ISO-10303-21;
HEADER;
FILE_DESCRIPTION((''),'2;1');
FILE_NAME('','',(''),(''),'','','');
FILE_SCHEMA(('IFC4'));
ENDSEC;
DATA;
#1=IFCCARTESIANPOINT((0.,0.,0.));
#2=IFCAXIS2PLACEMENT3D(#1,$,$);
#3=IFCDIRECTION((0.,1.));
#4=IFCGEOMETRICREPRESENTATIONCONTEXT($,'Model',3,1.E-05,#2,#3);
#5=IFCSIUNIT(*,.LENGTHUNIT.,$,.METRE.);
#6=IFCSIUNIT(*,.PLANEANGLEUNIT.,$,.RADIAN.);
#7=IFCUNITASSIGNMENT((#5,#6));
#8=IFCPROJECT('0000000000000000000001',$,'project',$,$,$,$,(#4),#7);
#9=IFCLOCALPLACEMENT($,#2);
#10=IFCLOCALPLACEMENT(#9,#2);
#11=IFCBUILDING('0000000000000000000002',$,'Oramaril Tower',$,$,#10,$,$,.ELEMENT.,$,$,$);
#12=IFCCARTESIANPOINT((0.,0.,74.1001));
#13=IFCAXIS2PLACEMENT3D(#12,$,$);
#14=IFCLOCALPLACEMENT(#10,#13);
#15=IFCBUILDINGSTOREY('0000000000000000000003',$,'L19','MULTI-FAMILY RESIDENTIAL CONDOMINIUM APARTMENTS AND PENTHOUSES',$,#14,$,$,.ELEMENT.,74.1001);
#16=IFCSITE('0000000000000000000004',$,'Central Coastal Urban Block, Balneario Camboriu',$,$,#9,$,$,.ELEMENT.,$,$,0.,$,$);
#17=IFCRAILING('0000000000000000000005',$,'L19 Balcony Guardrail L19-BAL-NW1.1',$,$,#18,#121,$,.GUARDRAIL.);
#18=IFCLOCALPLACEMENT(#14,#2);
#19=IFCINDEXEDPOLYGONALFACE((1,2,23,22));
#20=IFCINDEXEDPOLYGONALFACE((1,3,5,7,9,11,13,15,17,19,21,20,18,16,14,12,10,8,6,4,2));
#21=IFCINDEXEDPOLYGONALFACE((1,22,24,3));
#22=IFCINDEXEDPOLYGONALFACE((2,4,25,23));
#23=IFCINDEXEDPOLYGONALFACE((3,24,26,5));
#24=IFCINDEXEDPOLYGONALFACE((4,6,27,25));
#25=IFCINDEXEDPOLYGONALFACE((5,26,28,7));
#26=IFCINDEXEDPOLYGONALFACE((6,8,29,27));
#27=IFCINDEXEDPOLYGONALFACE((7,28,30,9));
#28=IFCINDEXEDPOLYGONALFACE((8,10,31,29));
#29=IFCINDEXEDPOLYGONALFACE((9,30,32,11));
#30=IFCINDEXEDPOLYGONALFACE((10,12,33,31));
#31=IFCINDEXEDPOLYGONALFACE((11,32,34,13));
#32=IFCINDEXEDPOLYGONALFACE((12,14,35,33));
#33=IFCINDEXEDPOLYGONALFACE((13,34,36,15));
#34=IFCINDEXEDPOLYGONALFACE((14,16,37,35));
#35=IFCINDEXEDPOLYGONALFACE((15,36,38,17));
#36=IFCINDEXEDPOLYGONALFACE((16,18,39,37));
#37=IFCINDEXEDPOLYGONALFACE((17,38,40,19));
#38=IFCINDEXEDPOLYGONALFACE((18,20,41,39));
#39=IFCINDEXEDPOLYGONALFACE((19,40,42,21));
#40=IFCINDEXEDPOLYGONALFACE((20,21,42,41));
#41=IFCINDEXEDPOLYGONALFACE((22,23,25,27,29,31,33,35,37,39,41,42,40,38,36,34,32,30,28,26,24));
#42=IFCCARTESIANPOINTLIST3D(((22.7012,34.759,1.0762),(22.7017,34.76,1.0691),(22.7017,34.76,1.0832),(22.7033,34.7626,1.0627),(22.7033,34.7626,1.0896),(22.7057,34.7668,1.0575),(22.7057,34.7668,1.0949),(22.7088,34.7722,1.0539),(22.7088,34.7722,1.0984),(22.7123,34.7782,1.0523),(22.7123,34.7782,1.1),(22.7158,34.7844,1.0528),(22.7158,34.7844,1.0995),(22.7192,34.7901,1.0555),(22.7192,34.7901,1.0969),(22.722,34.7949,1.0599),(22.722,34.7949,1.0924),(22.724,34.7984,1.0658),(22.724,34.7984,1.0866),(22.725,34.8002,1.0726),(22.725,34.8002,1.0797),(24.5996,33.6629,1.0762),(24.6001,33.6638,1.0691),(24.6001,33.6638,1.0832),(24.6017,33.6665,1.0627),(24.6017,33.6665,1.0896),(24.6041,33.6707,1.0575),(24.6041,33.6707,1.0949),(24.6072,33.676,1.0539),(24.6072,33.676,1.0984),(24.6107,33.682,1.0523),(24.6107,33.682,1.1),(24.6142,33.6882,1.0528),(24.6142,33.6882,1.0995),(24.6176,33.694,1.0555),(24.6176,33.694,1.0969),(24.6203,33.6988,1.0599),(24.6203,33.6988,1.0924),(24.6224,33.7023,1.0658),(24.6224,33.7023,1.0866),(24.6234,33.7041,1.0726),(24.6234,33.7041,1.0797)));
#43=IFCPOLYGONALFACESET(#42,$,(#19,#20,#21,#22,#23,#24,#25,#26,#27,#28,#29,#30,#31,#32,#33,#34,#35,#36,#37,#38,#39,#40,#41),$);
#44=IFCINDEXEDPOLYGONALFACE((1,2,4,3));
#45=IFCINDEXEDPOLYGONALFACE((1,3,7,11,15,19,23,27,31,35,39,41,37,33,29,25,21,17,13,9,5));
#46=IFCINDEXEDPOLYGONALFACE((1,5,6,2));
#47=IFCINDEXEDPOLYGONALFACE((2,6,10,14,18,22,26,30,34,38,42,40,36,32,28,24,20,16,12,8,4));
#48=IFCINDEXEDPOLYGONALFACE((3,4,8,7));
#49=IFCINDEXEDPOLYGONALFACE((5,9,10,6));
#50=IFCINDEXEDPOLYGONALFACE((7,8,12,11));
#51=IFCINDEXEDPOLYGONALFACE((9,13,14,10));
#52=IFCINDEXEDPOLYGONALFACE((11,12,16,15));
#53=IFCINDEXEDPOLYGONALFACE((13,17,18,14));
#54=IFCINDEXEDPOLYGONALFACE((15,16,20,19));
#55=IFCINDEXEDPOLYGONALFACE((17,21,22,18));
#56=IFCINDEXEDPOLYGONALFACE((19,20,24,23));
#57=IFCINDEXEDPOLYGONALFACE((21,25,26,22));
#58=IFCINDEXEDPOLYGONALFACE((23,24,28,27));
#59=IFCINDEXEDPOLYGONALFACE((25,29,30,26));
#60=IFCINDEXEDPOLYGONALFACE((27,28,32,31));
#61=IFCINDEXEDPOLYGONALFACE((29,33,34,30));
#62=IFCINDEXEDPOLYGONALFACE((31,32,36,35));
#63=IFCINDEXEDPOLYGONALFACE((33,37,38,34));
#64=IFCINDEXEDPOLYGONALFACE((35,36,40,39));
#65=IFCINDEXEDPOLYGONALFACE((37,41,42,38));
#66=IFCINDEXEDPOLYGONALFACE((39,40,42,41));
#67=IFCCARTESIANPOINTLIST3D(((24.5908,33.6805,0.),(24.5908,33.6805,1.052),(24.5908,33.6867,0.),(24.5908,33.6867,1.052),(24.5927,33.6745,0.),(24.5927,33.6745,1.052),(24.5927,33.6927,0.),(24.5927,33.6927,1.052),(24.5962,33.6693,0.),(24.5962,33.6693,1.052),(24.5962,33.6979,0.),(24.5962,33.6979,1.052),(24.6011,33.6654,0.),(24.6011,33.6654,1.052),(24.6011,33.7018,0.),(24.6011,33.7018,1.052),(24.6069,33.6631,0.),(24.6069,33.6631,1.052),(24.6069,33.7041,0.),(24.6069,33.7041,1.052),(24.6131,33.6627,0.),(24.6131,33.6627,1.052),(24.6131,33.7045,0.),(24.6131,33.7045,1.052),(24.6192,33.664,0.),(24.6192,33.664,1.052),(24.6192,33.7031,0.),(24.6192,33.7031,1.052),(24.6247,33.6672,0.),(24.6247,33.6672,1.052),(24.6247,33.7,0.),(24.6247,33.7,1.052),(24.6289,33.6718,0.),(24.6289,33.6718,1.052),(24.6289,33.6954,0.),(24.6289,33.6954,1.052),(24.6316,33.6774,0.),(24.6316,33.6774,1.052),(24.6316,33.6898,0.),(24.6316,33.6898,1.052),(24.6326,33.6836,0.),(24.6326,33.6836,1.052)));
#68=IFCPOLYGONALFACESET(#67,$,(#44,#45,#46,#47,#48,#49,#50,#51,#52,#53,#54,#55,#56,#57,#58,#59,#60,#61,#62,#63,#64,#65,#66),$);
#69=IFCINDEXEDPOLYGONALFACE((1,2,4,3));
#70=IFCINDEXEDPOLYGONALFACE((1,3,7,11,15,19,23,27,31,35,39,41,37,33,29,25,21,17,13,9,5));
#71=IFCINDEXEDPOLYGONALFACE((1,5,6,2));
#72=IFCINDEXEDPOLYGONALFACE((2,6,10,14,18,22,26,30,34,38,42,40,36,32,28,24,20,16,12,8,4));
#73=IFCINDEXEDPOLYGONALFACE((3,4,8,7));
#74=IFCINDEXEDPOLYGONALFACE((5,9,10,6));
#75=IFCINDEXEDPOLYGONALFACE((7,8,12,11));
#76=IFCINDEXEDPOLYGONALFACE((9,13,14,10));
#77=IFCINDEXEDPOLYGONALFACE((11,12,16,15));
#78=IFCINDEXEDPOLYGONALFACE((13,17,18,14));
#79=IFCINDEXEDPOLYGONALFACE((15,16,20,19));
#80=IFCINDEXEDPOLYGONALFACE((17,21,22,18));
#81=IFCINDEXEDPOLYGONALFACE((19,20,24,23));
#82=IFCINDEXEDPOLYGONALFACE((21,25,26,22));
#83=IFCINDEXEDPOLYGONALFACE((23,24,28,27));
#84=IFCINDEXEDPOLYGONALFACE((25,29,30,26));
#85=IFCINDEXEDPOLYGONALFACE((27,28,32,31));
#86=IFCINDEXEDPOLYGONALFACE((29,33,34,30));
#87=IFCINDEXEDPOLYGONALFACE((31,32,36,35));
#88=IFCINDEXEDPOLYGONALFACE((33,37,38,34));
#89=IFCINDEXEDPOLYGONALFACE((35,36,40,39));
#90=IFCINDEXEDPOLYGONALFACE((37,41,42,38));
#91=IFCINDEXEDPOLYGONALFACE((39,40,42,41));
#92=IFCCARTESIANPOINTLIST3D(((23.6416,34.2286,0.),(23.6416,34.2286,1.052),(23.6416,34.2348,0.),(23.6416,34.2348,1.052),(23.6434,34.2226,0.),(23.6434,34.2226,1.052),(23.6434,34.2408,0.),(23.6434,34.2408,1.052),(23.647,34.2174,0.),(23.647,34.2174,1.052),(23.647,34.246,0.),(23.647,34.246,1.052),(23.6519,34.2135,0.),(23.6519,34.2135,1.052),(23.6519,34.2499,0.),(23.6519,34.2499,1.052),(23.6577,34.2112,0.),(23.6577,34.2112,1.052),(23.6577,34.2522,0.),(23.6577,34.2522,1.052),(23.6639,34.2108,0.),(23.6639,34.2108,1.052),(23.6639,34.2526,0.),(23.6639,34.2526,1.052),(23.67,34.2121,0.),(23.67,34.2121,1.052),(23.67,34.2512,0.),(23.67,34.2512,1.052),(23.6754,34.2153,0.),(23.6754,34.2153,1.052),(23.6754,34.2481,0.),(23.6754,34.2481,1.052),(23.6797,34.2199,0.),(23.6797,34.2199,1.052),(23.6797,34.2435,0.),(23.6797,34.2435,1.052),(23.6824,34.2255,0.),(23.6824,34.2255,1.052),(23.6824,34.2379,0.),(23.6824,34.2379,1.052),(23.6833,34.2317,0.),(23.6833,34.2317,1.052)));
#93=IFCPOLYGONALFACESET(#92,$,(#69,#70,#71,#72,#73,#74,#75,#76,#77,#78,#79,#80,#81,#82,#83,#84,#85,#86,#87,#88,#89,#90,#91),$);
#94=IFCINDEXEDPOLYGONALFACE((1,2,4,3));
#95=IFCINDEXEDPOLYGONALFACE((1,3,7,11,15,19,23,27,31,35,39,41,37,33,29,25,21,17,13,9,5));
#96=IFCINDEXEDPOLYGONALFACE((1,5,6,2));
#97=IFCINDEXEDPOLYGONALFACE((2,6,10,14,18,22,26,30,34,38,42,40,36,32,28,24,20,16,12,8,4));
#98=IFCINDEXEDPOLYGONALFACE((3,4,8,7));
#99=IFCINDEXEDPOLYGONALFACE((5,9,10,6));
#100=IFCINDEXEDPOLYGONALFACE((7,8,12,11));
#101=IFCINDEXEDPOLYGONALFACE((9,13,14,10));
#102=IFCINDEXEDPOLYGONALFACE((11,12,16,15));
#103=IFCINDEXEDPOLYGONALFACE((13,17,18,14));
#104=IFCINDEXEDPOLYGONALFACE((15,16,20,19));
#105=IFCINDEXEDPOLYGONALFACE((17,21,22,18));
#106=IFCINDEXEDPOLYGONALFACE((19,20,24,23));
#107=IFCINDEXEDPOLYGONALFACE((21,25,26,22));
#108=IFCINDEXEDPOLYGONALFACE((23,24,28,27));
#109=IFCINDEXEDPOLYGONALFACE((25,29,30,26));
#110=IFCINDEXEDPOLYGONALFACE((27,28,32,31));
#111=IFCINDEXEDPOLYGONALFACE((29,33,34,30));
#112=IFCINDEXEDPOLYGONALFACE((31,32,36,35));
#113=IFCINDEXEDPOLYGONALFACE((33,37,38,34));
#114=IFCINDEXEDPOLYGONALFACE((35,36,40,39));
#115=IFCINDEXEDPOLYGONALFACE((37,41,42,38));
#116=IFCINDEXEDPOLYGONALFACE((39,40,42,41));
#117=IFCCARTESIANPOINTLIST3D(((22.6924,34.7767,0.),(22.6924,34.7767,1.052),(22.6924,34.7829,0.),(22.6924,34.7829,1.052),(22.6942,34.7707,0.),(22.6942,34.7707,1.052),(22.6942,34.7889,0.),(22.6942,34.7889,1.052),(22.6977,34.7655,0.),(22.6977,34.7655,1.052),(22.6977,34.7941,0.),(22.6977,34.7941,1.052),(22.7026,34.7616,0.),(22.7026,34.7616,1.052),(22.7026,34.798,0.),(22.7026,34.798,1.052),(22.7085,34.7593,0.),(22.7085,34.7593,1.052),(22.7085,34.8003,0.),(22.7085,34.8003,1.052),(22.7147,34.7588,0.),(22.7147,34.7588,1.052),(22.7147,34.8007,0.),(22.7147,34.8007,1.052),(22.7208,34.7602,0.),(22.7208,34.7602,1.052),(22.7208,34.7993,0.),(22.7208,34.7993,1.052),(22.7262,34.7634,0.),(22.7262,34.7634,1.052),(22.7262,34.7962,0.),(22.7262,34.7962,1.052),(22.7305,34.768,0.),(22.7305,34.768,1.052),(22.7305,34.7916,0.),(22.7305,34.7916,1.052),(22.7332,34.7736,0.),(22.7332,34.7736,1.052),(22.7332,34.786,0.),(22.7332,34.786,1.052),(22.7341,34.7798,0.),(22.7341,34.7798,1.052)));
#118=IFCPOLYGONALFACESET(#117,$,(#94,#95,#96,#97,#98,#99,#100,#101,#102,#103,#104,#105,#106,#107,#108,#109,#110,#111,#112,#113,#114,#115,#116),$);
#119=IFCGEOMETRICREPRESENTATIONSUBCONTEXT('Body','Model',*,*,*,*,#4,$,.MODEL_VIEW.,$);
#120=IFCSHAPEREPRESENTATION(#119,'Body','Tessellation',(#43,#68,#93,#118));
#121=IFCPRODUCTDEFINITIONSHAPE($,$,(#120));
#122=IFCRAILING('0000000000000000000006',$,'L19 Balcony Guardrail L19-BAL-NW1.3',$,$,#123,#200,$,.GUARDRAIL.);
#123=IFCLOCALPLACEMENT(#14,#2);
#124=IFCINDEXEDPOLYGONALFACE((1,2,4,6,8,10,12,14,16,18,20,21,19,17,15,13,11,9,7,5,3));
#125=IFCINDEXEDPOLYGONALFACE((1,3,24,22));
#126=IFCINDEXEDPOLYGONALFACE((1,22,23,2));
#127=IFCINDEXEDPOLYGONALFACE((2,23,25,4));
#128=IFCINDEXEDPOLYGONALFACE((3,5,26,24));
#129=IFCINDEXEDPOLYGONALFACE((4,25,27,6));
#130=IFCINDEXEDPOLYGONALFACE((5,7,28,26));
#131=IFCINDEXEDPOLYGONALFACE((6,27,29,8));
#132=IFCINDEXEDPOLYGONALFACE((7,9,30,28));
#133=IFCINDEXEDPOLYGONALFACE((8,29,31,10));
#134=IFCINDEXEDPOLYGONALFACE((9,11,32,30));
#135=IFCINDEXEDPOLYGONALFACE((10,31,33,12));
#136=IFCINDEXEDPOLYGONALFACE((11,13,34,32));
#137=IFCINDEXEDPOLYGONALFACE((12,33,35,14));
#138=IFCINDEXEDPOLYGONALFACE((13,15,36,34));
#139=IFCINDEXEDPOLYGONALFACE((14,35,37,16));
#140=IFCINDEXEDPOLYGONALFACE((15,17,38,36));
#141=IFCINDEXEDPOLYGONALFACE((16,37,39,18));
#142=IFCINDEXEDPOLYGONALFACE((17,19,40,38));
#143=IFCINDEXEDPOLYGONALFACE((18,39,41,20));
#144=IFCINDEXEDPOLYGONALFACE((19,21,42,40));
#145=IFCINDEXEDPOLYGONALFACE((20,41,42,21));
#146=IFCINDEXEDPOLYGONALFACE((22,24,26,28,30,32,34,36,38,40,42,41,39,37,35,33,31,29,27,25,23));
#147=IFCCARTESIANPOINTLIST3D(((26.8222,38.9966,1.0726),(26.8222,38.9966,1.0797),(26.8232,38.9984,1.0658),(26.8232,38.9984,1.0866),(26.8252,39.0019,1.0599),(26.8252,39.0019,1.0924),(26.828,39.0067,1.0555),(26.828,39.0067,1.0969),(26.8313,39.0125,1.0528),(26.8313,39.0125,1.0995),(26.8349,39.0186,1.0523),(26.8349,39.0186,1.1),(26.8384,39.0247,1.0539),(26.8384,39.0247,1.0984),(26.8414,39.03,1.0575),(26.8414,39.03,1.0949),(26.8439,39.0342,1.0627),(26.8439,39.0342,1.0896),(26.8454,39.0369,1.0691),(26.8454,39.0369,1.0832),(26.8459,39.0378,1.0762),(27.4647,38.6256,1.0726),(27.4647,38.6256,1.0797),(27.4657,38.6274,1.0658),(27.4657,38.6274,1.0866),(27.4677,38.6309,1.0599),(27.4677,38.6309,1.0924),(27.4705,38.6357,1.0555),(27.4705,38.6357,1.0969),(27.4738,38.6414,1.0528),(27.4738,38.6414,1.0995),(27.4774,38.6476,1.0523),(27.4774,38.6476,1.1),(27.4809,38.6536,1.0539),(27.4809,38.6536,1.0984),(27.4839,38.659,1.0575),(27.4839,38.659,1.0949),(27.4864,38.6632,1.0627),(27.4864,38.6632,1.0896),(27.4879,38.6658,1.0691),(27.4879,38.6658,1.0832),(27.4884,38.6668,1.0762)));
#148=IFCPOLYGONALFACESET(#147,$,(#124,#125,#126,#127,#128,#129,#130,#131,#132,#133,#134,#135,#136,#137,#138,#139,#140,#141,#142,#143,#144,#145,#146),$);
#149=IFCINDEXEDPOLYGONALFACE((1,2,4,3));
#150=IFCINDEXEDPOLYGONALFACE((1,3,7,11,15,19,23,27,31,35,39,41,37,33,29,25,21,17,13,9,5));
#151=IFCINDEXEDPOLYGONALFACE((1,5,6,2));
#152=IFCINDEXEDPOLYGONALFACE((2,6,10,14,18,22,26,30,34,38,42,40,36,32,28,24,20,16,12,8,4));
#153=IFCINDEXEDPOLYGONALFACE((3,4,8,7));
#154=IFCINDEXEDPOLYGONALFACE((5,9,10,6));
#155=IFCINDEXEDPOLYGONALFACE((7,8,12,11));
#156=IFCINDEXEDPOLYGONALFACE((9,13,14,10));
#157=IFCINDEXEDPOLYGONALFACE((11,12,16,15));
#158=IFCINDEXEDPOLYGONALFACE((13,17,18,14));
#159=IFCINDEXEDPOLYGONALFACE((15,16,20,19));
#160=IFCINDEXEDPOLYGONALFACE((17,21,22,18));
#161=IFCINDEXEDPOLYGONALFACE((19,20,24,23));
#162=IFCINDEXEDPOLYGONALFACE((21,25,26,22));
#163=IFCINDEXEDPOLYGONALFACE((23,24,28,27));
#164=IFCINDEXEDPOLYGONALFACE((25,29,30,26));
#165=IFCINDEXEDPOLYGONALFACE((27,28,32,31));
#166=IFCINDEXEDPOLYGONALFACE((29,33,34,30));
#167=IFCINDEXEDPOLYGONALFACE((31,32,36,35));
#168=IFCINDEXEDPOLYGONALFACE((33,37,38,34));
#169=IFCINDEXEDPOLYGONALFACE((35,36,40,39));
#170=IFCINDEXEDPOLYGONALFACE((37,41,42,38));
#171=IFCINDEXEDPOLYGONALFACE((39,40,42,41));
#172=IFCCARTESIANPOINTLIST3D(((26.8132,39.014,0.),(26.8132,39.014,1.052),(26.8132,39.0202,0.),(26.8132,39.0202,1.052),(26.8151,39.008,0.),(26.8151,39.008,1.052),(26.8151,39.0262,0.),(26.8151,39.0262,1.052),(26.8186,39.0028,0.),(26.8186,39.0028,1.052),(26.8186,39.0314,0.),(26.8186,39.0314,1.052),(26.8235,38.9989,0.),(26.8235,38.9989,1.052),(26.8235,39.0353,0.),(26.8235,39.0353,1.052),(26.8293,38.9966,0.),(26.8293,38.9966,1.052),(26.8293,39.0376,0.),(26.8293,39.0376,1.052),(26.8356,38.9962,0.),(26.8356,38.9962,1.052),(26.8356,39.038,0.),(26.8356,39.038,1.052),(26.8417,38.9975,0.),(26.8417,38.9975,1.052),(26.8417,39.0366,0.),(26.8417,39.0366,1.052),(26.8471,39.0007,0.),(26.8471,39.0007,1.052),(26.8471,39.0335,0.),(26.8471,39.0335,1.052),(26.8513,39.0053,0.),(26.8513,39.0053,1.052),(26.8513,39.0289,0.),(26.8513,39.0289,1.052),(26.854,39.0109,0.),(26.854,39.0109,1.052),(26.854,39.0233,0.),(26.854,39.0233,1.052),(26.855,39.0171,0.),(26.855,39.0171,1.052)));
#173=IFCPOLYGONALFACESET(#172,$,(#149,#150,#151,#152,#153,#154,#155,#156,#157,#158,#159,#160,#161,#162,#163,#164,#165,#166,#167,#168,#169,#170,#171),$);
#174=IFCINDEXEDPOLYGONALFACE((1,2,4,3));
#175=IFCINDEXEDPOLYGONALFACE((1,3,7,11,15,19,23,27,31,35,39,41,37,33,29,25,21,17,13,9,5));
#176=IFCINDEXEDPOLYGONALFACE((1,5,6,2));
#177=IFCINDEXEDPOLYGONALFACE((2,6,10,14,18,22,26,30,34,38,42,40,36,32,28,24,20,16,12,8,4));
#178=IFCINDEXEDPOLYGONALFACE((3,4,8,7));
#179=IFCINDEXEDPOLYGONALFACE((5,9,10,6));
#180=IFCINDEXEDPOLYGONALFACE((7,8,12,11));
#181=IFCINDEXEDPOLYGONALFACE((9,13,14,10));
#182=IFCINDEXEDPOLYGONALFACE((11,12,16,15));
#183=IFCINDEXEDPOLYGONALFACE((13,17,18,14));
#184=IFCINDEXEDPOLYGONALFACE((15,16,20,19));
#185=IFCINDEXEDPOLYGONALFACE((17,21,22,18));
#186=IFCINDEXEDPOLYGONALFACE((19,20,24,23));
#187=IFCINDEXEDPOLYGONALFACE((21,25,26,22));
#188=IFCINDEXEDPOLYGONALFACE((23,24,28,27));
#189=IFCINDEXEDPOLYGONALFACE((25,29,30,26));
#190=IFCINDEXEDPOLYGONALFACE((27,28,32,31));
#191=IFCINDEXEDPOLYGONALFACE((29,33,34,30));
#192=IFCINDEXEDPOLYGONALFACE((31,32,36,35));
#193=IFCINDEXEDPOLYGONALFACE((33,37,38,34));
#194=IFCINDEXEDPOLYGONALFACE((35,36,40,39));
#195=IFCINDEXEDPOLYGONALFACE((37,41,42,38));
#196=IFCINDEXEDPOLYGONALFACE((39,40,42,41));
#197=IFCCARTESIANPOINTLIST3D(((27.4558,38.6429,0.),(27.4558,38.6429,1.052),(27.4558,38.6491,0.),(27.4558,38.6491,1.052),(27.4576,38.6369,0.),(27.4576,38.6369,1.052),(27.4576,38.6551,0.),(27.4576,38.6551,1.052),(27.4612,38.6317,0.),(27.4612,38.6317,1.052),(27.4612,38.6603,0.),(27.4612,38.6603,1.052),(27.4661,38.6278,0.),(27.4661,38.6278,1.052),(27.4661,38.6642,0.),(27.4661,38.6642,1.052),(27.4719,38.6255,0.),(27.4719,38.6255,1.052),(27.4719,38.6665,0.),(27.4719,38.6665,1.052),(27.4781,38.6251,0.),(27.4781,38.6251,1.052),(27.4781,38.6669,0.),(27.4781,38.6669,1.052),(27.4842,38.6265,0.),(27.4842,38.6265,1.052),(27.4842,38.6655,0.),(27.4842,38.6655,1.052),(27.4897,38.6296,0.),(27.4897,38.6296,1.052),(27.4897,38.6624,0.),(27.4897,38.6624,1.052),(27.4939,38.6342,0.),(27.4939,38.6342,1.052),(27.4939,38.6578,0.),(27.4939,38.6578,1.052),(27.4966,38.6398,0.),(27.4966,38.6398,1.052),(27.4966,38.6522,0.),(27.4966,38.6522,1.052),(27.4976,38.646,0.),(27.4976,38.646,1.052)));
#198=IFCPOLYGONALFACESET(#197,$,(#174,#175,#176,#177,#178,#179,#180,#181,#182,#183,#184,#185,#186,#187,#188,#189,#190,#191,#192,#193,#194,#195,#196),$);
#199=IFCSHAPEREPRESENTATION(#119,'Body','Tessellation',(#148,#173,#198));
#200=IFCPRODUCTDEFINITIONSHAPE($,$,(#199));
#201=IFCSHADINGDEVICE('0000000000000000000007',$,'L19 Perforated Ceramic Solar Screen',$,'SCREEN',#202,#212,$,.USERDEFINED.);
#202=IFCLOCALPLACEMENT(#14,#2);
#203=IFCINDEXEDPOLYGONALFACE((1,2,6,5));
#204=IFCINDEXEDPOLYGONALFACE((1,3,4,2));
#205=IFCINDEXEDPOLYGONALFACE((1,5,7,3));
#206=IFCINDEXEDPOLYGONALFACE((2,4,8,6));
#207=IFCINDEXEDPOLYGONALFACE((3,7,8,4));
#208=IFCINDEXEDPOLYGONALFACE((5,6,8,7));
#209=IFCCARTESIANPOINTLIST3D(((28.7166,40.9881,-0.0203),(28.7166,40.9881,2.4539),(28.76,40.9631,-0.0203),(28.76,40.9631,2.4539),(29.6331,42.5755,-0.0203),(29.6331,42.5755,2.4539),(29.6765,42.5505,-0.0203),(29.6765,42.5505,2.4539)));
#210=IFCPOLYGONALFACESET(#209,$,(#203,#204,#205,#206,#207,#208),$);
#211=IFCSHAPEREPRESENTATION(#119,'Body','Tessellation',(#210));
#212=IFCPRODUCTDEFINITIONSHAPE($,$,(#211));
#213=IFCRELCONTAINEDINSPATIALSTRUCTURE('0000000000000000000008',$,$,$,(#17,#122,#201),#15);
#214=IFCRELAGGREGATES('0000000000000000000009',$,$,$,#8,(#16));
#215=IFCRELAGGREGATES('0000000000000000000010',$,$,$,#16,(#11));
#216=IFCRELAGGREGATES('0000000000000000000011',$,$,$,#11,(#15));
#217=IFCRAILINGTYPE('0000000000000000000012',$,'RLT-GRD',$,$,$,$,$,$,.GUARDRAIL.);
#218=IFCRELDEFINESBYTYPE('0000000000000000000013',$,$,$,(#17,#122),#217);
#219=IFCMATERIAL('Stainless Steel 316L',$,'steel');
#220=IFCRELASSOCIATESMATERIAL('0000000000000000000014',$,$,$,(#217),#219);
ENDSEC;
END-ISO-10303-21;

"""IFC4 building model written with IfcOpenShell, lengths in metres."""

from ifc_helpers import new_model, si_unit, direction, frame, origin, origin_2d, place, context, subcontext, project, spatial, rectangle, circle, extrude, material, type_object, element, save


model = new_model("IFC4")

# Units and contexts
model_context = context("Model", 3, precision=1e-05, world=origin(), true_north=direction((0.0, 1.0)))
body_context = subcontext(model_context, "Body", "Model", "MODEL_VIEW")
ifc_project = project(units=[si_unit("LENGTHUNIT", "METRE"), si_unit("PLANEANGLEUNIT", "RADIAN")], contexts=[model_context])

# Site, building, storey
site_placement = place(None, origin())
site = spatial("IfcSite", under=ifc_project, at=site_placement, Name="Central Coastal Urban Block, Balneario Camboriu", CompositionType="ELEMENT", RefElevation=0.0)
building_placement = place(site_placement, origin())
building = spatial("IfcBuilding", under=site, at=building_placement, Name="Oramaril Tower", CompositionType="ELEMENT")
storey_placement = place(building_placement, frame((0.0, 0.0, 74.1001)))
storey = spatial("IfcBuildingStorey", under=building, at=storey_placement, Name="L19", Description="MULTI-FAMILY RESIDENTIAL CONDOMINIUM APARTMENTS AND PENTHOUSES", CompositionType="ELEMENT", Elevation=74.1001)

# Railings
ifc_material_1 = material(Name="Stainless Steel 316L", Category="steel")
railing_type = type_object("IfcRailingType", Name="RLT-GRD", PredefinedType="GUARDRAIL", material=ifc_material_1)
railing_1_placement = place(storey_placement, frame((24.6116, 33.6836, 0.0)))
element("IfcRailing", 1, at=railing_1_placement, inside=storey, type_object=railing_type, Name="L19 Balcony Guardrail L19-BAL-NW1.1", PredefinedType="GUARDRAIL", context=body_context, shape_type="SweptSolid", body=[
    extrude(circle(Radius=0.0239, at=origin_2d()), frame((0.0, 0.0, 1.0762), z_axis=(-0.866, 0.500044, 0.0), x_axis=(-0.500044, -0.866, 0.0)), (0.0, 0.0, 1.0), 2.1921),
    extrude(circle(Radius=0.021, at=origin_2d()), origin(), (0.0, 0.0, 1.0), 1.052),
    extrude(circle(Radius=0.021, at=origin_2d()), frame((-0.9492, 0.5481, 0.0)), (0.0, 0.0, 1.0), 1.052),
    extrude(circle(Radius=0.021, at=origin_2d()), frame((-1.8984, 1.0962, 0.0)), (0.0, 0.0, 1.0), 1.052),
])
railing_2_placement = place(storey_placement, frame((26.834, 39.0171, 0.0)))
element("IfcRailing", 2, at=railing_2_placement, inside=storey, type_object=railing_type, Name="L19 Balcony Guardrail L19-BAL-NW1.3", PredefinedType="GUARDRAIL", context=body_context, shape_type="SweptSolid", body=[
    extrude(circle(Radius=0.0239, at=origin_2d()), frame((0.0, 0.0, 1.0762), z_axis=(0.865966, -0.500102, 0.0), x_axis=(0.500102, 0.865966, 0.0)), (0.0, 0.0, 1.0), 0.7419),
    extrude(circle(Radius=0.021, at=origin_2d()), origin(), (0.0, 0.0, 1.0), 1.052),
    extrude(circle(Radius=0.021, at=origin_2d()), frame((0.6426, -0.3711, 0.0)), (0.0, 0.0, 1.0), 1.052),
])

# Shading device
for number, where, z_axis, x_axis, name in (
    (3, (29.1965, 41.7693, -0.0203), (0.0, 0.0, 1.0), (-0.5, -0.866025, 0.0), "L19 Perforated Ceramic Solar Screen"),
):
    element("IfcShadingDevice", number, at=place(storey_placement, frame(where, z_axis=z_axis, x_axis=x_axis)), inside=storey, Name=name, ObjectType="SCREEN", PredefinedType="USERDEFINED", context=body_context, shape_type="SweptSolid", body=[
        extrude(rectangle(XDim=1.833, YDim=0.05, at=origin_2d()), origin(), (0.0, 0.0, 1.0), 2.4741),
    ])

save(model, "model.ifc")
